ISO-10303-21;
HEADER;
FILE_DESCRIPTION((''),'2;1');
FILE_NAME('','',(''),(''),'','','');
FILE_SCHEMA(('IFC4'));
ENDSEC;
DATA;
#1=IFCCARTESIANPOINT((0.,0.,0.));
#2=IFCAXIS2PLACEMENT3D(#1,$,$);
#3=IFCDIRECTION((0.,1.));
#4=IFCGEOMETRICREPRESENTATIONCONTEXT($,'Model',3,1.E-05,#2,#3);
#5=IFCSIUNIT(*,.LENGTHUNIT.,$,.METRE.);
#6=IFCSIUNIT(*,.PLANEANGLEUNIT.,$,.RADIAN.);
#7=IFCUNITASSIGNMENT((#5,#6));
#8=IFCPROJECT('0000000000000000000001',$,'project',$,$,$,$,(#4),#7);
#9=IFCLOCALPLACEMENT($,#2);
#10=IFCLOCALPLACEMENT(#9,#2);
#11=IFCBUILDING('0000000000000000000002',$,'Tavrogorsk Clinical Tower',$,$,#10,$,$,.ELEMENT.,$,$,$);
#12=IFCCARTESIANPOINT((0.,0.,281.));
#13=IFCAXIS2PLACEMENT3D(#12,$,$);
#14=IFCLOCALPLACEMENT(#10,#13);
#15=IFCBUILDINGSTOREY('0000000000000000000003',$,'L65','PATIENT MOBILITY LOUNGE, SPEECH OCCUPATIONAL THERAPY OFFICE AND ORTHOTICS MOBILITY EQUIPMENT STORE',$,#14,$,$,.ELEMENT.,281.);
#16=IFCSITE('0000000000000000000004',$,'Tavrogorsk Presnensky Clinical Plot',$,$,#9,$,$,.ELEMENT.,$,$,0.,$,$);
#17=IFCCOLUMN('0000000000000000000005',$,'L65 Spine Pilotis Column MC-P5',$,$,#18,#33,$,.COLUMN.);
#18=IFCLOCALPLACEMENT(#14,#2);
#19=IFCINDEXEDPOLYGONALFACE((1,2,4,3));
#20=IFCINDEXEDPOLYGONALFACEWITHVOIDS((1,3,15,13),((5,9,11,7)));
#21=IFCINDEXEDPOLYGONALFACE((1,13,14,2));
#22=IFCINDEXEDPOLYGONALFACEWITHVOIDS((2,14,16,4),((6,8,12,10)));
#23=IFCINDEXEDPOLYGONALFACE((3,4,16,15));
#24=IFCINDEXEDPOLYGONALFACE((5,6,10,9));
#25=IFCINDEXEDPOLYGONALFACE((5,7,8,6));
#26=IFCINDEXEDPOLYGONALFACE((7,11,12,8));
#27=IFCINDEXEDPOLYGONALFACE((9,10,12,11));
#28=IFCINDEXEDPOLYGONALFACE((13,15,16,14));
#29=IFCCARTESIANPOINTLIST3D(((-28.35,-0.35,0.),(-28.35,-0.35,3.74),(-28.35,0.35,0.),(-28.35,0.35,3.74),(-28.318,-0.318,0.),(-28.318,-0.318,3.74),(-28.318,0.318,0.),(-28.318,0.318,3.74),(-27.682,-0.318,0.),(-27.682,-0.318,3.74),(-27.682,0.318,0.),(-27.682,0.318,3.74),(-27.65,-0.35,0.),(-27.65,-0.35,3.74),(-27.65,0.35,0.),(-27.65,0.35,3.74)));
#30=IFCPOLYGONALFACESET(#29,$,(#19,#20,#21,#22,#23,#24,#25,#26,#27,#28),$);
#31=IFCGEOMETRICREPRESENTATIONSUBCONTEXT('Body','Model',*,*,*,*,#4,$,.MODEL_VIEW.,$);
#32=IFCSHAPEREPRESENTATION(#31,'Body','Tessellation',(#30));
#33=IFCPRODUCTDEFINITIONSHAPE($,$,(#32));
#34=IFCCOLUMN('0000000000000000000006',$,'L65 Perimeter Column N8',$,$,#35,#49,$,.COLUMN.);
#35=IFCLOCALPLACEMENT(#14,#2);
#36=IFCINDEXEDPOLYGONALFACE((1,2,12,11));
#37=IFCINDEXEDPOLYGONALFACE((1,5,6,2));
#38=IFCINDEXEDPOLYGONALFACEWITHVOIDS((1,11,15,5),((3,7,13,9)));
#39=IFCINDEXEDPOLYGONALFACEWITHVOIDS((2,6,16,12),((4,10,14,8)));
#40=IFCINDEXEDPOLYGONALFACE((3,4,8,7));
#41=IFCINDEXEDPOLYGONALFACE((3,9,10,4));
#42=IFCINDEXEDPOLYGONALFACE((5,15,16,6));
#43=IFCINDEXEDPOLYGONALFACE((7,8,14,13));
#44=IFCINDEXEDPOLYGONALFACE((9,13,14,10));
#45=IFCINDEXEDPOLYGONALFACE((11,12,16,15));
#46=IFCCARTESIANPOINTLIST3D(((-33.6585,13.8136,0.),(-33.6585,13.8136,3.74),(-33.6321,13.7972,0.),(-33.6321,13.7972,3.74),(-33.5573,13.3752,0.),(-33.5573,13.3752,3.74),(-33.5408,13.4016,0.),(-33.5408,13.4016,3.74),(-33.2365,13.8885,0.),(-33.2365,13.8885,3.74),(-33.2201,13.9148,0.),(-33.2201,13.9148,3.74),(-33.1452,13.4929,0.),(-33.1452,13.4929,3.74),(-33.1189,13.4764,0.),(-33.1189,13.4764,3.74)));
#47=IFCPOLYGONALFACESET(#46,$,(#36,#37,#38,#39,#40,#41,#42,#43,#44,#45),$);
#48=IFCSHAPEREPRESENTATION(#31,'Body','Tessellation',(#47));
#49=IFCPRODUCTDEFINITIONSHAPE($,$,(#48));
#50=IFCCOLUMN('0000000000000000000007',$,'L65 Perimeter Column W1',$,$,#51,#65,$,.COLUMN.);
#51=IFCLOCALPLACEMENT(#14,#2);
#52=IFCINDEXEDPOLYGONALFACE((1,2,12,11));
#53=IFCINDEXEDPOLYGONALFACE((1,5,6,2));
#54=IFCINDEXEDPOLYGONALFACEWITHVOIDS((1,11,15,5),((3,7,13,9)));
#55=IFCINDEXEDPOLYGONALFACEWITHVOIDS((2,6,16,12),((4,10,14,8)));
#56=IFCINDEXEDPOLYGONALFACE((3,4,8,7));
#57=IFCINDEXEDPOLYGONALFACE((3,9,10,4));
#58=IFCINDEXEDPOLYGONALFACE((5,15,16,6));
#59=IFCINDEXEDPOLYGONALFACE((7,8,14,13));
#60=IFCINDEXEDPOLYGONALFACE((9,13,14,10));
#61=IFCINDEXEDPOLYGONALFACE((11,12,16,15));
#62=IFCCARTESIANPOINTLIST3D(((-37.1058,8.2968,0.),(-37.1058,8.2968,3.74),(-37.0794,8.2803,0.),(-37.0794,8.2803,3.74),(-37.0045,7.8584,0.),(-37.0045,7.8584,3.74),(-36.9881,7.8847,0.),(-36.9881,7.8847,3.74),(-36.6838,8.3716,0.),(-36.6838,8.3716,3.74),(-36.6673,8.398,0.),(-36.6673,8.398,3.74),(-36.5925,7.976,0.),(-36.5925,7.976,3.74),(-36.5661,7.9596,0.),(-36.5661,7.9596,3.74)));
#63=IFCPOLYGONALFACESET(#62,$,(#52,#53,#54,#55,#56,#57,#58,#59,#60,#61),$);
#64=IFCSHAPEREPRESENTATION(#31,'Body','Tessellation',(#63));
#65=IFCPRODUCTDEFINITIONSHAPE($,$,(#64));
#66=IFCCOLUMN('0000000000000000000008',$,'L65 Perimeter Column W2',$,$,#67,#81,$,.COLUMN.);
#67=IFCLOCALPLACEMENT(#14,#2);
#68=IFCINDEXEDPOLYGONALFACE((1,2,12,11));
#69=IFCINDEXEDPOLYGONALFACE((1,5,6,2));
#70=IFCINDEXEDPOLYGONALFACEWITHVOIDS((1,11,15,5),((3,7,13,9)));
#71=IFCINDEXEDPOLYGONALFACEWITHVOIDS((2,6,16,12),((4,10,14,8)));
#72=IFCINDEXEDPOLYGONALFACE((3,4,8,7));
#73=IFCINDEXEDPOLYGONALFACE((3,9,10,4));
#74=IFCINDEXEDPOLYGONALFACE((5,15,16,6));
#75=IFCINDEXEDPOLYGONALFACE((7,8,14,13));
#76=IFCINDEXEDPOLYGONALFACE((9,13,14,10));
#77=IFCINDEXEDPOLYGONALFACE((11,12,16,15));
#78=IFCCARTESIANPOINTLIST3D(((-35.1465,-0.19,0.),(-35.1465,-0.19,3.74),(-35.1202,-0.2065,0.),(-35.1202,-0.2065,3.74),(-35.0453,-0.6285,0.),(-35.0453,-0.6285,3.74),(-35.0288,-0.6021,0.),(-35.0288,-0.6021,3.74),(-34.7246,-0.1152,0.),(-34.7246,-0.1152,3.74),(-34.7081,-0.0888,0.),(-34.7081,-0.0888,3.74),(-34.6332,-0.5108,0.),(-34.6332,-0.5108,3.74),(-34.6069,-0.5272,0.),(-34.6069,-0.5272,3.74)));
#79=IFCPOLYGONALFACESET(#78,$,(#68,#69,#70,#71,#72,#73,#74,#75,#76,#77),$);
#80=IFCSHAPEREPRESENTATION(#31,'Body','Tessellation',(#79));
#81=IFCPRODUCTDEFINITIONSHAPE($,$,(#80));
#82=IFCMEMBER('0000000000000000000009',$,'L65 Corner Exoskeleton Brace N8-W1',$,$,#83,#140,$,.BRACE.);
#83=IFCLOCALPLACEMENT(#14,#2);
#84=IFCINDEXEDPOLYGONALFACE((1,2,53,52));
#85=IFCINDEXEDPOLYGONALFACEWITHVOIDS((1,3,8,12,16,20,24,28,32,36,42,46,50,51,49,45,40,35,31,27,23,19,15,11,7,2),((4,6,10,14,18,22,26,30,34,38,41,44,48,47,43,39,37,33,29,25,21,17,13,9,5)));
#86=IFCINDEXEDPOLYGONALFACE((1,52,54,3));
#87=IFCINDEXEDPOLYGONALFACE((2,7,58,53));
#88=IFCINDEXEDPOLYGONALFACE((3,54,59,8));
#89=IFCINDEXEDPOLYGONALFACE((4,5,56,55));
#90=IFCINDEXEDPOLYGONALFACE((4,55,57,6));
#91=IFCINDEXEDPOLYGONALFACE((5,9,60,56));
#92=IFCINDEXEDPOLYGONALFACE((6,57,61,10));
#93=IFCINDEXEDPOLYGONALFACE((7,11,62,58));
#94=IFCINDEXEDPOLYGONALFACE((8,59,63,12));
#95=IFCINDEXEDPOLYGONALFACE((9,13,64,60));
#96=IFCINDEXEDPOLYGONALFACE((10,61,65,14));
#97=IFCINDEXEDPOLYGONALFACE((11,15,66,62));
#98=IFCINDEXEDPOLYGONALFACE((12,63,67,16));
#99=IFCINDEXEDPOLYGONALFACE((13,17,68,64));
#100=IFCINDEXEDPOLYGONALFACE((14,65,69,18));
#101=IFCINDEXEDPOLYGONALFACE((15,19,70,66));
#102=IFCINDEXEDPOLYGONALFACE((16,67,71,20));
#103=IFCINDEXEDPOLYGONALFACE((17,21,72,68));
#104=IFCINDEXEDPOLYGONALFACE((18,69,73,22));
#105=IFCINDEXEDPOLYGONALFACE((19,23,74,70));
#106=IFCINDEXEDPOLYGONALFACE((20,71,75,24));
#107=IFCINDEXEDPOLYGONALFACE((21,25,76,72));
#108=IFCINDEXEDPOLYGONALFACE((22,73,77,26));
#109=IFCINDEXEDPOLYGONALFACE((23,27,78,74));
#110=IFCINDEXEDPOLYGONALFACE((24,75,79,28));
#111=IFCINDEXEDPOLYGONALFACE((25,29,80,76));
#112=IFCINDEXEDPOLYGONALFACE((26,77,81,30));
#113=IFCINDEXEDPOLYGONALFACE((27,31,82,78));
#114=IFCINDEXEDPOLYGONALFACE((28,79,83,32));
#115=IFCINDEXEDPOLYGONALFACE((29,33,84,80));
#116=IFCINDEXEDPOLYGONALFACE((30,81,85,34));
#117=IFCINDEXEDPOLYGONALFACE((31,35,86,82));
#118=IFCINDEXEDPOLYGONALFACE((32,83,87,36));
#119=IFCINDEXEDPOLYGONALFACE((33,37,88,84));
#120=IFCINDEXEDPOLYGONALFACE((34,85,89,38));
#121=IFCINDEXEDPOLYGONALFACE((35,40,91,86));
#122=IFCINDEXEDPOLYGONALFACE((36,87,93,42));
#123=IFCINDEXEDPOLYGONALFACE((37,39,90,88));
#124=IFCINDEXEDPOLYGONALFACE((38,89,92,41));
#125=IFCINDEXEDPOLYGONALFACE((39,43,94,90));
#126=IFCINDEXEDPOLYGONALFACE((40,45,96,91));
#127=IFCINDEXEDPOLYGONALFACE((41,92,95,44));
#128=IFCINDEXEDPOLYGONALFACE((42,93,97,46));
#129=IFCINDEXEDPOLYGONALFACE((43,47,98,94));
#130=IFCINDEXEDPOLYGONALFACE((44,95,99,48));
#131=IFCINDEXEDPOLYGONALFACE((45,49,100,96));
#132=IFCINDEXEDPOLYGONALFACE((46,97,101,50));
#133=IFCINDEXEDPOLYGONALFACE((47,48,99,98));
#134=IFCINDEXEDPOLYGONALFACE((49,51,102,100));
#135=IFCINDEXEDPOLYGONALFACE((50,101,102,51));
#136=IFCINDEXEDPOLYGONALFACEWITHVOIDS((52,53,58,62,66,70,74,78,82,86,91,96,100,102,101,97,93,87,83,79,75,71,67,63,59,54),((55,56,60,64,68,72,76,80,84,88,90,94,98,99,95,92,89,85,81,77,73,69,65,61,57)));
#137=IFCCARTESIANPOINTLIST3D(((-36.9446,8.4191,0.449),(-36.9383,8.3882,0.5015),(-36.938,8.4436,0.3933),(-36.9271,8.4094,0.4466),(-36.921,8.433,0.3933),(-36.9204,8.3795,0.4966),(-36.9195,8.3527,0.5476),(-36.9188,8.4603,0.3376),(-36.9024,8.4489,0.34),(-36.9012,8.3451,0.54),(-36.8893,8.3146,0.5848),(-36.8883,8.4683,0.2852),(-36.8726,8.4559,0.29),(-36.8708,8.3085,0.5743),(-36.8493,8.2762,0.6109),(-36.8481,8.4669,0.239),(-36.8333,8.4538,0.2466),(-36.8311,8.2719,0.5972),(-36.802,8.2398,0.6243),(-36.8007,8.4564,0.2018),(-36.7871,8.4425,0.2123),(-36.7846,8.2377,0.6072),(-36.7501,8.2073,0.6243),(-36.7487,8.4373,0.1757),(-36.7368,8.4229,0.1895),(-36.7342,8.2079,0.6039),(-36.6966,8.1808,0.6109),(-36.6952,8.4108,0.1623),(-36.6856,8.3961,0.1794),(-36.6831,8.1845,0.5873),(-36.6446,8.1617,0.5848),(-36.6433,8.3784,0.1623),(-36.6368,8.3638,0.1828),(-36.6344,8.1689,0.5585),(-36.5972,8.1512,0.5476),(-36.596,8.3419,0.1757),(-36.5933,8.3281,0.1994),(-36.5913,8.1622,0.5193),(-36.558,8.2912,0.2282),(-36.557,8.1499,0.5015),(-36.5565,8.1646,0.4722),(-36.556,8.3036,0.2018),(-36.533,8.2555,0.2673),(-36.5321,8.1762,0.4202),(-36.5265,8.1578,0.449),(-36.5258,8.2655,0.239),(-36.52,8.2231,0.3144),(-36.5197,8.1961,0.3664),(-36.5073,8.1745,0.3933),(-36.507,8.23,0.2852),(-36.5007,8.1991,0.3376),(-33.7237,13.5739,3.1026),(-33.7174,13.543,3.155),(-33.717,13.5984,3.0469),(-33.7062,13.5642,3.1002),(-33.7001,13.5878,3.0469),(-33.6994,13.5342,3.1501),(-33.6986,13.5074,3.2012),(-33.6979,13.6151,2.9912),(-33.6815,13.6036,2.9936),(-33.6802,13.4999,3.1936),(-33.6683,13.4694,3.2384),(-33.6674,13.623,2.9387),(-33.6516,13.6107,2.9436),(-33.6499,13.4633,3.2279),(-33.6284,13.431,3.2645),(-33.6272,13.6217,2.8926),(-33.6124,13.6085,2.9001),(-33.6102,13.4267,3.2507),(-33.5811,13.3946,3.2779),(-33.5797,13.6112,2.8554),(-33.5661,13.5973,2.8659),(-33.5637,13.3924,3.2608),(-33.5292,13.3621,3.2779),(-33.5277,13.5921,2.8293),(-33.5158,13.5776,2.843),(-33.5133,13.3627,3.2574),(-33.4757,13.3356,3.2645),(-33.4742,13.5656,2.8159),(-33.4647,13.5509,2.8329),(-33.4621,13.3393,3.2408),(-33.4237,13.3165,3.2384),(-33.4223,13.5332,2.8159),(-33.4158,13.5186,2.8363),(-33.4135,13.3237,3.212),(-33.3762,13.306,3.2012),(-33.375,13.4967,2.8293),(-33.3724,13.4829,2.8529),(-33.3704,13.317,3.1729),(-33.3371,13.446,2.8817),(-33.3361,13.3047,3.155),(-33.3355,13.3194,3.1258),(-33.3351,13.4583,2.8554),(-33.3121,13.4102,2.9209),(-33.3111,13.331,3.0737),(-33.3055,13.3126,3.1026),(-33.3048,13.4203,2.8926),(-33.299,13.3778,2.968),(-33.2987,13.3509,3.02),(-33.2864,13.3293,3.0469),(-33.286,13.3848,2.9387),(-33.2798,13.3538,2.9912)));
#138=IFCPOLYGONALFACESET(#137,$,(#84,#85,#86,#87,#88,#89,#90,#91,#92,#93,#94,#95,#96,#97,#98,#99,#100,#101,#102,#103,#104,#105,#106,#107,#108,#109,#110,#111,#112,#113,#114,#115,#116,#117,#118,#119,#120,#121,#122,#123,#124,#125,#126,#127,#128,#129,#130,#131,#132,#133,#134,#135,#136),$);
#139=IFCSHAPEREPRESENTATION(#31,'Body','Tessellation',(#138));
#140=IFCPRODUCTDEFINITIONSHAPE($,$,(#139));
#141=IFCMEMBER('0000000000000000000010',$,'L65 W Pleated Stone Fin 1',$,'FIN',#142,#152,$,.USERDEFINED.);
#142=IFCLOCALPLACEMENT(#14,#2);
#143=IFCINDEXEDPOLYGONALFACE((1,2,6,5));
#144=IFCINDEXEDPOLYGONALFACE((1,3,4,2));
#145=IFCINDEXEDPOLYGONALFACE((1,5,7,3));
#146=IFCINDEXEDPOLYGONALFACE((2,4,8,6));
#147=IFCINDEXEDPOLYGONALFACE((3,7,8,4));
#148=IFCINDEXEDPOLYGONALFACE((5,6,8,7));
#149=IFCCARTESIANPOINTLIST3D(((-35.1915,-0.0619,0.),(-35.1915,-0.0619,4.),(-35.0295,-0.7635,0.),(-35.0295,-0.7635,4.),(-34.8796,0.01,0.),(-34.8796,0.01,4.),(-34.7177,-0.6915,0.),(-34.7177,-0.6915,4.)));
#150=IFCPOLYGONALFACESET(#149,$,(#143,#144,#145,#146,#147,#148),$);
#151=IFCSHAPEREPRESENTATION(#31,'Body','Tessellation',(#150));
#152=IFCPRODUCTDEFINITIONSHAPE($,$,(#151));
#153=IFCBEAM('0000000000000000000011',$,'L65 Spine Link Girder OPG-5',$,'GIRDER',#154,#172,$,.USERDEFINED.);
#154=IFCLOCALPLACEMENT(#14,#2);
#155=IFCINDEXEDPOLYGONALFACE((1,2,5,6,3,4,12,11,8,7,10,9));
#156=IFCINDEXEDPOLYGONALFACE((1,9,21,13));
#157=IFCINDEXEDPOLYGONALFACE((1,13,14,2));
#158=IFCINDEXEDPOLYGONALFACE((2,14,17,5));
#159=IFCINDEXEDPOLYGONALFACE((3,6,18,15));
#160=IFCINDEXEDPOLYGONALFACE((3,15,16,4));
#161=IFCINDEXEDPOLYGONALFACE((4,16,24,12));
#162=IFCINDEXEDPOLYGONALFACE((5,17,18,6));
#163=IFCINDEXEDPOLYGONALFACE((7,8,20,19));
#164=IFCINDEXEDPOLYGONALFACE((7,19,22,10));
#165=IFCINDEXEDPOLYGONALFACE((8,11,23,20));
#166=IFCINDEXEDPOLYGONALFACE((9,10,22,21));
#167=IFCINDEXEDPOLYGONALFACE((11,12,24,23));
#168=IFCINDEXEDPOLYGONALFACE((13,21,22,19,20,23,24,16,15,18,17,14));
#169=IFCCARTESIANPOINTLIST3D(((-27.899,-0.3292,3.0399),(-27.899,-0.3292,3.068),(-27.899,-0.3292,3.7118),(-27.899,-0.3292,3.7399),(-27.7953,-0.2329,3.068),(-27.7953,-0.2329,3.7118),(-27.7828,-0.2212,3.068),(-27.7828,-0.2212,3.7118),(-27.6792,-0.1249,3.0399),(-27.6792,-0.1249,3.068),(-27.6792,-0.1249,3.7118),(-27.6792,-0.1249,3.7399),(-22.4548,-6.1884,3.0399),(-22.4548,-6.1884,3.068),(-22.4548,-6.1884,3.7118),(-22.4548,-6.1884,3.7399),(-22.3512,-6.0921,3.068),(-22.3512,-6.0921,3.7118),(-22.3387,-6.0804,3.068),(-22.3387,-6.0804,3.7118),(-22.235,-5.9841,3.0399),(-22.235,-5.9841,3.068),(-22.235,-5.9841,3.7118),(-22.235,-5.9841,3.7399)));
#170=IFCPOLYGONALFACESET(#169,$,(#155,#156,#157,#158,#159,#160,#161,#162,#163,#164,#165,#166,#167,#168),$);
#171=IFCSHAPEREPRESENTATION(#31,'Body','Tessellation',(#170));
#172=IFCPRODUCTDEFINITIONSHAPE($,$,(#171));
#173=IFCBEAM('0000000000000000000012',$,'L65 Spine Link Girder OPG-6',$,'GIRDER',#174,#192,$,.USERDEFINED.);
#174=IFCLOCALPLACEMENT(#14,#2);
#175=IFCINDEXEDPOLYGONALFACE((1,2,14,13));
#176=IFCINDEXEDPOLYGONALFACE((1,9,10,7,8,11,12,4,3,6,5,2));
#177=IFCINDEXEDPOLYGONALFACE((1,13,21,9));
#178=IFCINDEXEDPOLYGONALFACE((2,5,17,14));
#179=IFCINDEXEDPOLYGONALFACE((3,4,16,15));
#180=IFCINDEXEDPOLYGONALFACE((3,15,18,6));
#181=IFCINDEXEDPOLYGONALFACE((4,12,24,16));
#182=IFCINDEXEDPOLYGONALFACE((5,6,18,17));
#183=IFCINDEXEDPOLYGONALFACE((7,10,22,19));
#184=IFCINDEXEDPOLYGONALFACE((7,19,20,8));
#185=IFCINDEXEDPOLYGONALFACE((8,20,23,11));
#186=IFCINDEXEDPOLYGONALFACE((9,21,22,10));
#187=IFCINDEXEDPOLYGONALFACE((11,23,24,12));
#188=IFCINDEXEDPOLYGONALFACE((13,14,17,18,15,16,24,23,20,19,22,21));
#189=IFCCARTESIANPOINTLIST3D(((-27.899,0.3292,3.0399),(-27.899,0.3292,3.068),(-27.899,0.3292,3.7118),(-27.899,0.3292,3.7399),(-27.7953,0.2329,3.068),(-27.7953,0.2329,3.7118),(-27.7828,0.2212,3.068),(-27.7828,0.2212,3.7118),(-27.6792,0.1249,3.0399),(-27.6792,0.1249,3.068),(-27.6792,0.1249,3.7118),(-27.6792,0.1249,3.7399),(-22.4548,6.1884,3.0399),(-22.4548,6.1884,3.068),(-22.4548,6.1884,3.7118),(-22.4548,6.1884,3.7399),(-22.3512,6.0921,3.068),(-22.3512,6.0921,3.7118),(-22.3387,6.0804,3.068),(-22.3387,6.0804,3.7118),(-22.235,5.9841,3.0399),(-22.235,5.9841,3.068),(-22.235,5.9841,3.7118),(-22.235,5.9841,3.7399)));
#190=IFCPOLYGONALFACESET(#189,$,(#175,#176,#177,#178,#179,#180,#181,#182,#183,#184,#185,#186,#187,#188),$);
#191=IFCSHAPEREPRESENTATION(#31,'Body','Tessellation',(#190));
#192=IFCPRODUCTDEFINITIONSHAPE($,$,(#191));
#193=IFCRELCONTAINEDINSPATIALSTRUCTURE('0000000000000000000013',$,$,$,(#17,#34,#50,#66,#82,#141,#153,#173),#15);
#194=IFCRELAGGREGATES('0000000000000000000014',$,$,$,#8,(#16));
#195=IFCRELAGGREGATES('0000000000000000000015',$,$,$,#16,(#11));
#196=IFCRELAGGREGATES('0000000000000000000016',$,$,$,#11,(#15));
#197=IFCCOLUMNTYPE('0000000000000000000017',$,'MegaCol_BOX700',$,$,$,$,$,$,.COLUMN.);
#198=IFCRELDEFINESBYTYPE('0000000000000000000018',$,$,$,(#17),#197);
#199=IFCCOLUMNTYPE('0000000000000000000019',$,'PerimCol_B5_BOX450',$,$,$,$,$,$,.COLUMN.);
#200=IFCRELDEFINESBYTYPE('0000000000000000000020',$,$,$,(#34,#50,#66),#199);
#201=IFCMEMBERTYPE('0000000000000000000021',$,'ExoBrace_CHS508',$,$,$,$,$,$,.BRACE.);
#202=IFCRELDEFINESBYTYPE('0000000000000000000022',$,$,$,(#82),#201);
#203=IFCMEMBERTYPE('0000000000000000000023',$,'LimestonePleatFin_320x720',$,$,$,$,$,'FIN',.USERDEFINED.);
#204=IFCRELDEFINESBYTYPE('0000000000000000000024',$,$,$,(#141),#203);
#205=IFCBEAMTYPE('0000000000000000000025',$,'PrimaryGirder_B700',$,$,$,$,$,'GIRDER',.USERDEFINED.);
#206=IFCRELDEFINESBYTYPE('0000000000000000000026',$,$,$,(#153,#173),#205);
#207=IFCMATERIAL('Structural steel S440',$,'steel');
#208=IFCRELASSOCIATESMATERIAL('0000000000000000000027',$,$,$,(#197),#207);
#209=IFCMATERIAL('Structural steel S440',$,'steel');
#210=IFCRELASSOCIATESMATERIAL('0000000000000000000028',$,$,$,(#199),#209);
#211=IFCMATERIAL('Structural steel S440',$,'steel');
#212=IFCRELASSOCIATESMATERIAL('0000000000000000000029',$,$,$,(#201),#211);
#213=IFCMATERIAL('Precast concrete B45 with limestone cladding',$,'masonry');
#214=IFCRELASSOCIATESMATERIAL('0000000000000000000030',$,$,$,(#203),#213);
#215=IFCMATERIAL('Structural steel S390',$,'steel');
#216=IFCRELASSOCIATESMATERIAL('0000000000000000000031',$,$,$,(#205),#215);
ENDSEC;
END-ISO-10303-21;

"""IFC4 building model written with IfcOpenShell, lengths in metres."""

from ifc_helpers import new_model, si_unit, direction, frame, origin, origin_2d, place, context, subcontext, project, spatial, rectangle, hollow_rectangle, hollow_circle, i_section, extrude, material, material_profile, profile_set, type_object, element, save


model = new_model("IFC4")

# Units and contexts
model_context = context("Model", 3, precision=1e-05, world=origin(), true_north=direction((0.0, 1.0)))
body_context = subcontext(model_context, "Body", "Model", "MODEL_VIEW")
ifc_project = project(units=[si_unit("LENGTHUNIT", "METRE"), si_unit("PLANEANGLEUNIT", "RADIAN")], contexts=[model_context])

# Site, building, storey
site_placement = place(None, origin())
site = spatial("IfcSite", under=ifc_project, at=site_placement, Name="Tavrogorsk Presnensky Clinical Plot", CompositionType="ELEMENT", RefElevation=0.0)
building_placement = place(site_placement, origin())
building = spatial("IfcBuilding", under=site, at=building_placement, Name="Tavrogorsk Clinical Tower", CompositionType="ELEMENT")
storey_placement = place(building_placement, frame((0.0, 0.0, 281.0)))
storey = spatial("IfcBuildingStorey", under=building, at=storey_placement, Name="L65", Description="PATIENT MOBILITY LOUNGE, SPEECH OCCUPATIONAL THERAPY OFFICE AND ORTHOTICS MOBILITY EQUIPMENT STORE", CompositionType="ELEMENT", Elevation=281.0)

# Columns
ifc_material_1 = material(Name="Structural steel S440", Category="steel")
ifc_material_profile_1 = material_profile(ifc_material_1, hollow_rectangle(XDim=0.7, YDim=0.7, WallThickness=0.032, at=origin_2d()), Name="BOX-700x700x32")
ifc_profile_set_1 = profile_set([ifc_material_profile_1], Name="Structural steel S440")
column_type_1 = type_object("IfcColumnType", Name="MegaCol_BOX700", PredefinedType="COLUMN", material=ifc_profile_set_1)
column_placement = place(storey_placement, frame((-28.0, 0.0, 0.0), z_axis=(0.0, 0.0, 1.0), x_axis=(1.0, 0.0, 0.0)))
element("IfcColumn", 1, at=column_placement, inside=storey, type_object=column_type_1, Name="L65 Spine Pilotis Column MC-P5", PredefinedType="COLUMN", context=body_context, shape_type="SweptSolid", body=[
    extrude(hollow_rectangle(XDim=0.7, YDim=0.7, WallThickness=0.032, at=origin_2d()), origin(), (0.0, 0.0, 1.0), 3.74),
])
ifc_material_2 = material(Name="Structural steel S440", Category="steel")
ifc_material_profile_2 = material_profile(ifc_material_2, hollow_rectangle(XDim=0.45, YDim=0.45, WallThickness=0.022, at=origin_2d()), Name="BOX-450x450x22")
ifc_profile_set_2 = profile_set([ifc_material_profile_2], Name="Structural steel S440")
column_type_2 = type_object("IfcColumnType", Name="PerimCol_B5_BOX450", PredefinedType="COLUMN", material=ifc_profile_set_2)
for number, where, z_axis, x_axis, name in (
    (2, (-33.3887, 13.645, 0.0), (0.0, 0.0, 1.0), (0.97437, 0.224951, 0.0), "L65 Perimeter Column N8"),
    (3, (-36.8359, 8.1282, 0.0), (0.0, 0.0, 1.0), (0.97437, 0.224951, 0.0), "L65 Perimeter Column W1"),
    (4, (-34.8767, -0.3586, 0.0), (0.0, 0.0, 1.0), (0.97437, 0.224951, 0.0), "L65 Perimeter Column W2"),
):
    element("IfcColumn", number, at=place(storey_placement, frame(where, z_axis=z_axis, x_axis=x_axis)), inside=storey, type_object=column_type_2, Name=name, PredefinedType="COLUMN", context=body_context, shape_type="SweptSolid", body=[
        extrude(hollow_rectangle(XDim=0.45, YDim=0.45, WallThickness=0.022, at=origin_2d()), origin(), (0.0, 0.0, 1.0), 3.74),
    ])

# Members
ifc_material_3 = material(Name="Structural steel S440", Category="steel")
ifc_material_profile_3 = material_profile(ifc_material_3, hollow_circle(Radius=0.2539, WallThickness=0.02, at=origin_2d()), Name="CHS-508x20")
ifc_profile_set_3 = profile_set([ifc_material_profile_3], Name="Structural steel S440")
member_type_1 = type_object("IfcMemberType", Name="ExoBrace_CHS508", PredefinedType="BRACE", material=ifc_profile_set_3)
member_1_placement = place(storey_placement, frame((-36.7227, 8.3091, 0.3933), z_axis=(0.485644, 0.777222, 0.400096), x_axis=(-0.848057, 0.529905, 0.0)))
element("IfcMember", 5, at=member_1_placement, inside=storey, type_object=member_type_1, Name="L65 Corner Exoskeleton Brace N8-W1", PredefinedType="BRACE", context=body_context, shape_type="SweptSolid", body=[
    extrude(hollow_circle(Radius=0.2539, WallThickness=0.02, at=origin_2d()), origin(), (0.0, 0.0, 1.0), 6.6323),
])
ifc_material_4 = material(Name="Precast concrete B45 with limestone cladding", Category="masonry")
ifc_material_profile_4 = material_profile(ifc_material_4, rectangle(XDim=0.3201, YDim=0.72, at=origin_2d()), Name="LIMESTONE-FIN-320x720")
ifc_profile_set_4 = profile_set([ifc_material_profile_4], Name="Precast concrete B45 with limestone cladding")
member_type_2 = type_object("IfcMemberType", Name="LimestonePleatFin_320x720", ElementType="FIN", PredefinedType="USERDEFINED", material=ifc_profile_set_4)
member_2_placement = place(storey_placement, frame((-34.9546, -0.3767, 0.0), z_axis=(0.0, 0.0, 1.0), x_axis=(0.97437, 0.224951, 0.0)))
element("IfcMember", 6, at=member_2_placement, inside=storey, type_object=member_type_2, Name="L65 W Pleated Stone Fin 1", ObjectType="FIN", PredefinedType="USERDEFINED", context=body_context, shape_type="SweptSolid", body=[
    extrude(rectangle(XDim=0.3201, YDim=0.72, at=origin_2d()), origin(), (0.0, 0.0, 1.0), 4.0),
])

# Beams
ifc_material_5 = material(Name="Structural steel S390", Category="steel")
ifc_material_profile_5 = material_profile(ifc_material_5, i_section(OverallWidth=0.3, OverallDepth=0.7, WebThickness=0.0171, FlangeThickness=0.0281, at=origin_2d()), Name="B-700x300x17x28")
ifc_profile_set_5 = profile_set([ifc_material_profile_5], Name="Structural steel S390")
beam_type_1 = type_object("IfcBeamType", Name="PrimaryGirder_B700", ElementType="GIRDER", PredefinedType="USERDEFINED", material=ifc_profile_set_5)
for number, where, z_axis, x_axis, name in (
    (7, (-27.7891, -0.2271, 3.3899), (0.680684, -0.732577, 0.0), (0.732577, 0.680684, 0.0), "L65 Spine Link Girder OPG-5"),
    (8, (-27.7891, 0.2271, 3.3899), (0.680684, 0.732577, 0.0), (-0.732577, 0.680684, 0.0), "L65 Spine Link Girder OPG-6"),
):
    element("IfcBeam", number, at=place(storey_placement, frame(where, z_axis=z_axis, x_axis=x_axis)), inside=storey, type_object=beam_type_1, Name=name, ObjectType="GIRDER", PredefinedType="USERDEFINED", context=body_context, shape_type="SweptSolid", body=[
        extrude(i_section(OverallWidth=0.3, OverallDepth=0.7, WebThickness=0.0171, FlangeThickness=0.0281, at=origin_2d()), origin(), (0.0, 0.0, 1.0), 7.998),
    ])

save(model, "model.ifc")
